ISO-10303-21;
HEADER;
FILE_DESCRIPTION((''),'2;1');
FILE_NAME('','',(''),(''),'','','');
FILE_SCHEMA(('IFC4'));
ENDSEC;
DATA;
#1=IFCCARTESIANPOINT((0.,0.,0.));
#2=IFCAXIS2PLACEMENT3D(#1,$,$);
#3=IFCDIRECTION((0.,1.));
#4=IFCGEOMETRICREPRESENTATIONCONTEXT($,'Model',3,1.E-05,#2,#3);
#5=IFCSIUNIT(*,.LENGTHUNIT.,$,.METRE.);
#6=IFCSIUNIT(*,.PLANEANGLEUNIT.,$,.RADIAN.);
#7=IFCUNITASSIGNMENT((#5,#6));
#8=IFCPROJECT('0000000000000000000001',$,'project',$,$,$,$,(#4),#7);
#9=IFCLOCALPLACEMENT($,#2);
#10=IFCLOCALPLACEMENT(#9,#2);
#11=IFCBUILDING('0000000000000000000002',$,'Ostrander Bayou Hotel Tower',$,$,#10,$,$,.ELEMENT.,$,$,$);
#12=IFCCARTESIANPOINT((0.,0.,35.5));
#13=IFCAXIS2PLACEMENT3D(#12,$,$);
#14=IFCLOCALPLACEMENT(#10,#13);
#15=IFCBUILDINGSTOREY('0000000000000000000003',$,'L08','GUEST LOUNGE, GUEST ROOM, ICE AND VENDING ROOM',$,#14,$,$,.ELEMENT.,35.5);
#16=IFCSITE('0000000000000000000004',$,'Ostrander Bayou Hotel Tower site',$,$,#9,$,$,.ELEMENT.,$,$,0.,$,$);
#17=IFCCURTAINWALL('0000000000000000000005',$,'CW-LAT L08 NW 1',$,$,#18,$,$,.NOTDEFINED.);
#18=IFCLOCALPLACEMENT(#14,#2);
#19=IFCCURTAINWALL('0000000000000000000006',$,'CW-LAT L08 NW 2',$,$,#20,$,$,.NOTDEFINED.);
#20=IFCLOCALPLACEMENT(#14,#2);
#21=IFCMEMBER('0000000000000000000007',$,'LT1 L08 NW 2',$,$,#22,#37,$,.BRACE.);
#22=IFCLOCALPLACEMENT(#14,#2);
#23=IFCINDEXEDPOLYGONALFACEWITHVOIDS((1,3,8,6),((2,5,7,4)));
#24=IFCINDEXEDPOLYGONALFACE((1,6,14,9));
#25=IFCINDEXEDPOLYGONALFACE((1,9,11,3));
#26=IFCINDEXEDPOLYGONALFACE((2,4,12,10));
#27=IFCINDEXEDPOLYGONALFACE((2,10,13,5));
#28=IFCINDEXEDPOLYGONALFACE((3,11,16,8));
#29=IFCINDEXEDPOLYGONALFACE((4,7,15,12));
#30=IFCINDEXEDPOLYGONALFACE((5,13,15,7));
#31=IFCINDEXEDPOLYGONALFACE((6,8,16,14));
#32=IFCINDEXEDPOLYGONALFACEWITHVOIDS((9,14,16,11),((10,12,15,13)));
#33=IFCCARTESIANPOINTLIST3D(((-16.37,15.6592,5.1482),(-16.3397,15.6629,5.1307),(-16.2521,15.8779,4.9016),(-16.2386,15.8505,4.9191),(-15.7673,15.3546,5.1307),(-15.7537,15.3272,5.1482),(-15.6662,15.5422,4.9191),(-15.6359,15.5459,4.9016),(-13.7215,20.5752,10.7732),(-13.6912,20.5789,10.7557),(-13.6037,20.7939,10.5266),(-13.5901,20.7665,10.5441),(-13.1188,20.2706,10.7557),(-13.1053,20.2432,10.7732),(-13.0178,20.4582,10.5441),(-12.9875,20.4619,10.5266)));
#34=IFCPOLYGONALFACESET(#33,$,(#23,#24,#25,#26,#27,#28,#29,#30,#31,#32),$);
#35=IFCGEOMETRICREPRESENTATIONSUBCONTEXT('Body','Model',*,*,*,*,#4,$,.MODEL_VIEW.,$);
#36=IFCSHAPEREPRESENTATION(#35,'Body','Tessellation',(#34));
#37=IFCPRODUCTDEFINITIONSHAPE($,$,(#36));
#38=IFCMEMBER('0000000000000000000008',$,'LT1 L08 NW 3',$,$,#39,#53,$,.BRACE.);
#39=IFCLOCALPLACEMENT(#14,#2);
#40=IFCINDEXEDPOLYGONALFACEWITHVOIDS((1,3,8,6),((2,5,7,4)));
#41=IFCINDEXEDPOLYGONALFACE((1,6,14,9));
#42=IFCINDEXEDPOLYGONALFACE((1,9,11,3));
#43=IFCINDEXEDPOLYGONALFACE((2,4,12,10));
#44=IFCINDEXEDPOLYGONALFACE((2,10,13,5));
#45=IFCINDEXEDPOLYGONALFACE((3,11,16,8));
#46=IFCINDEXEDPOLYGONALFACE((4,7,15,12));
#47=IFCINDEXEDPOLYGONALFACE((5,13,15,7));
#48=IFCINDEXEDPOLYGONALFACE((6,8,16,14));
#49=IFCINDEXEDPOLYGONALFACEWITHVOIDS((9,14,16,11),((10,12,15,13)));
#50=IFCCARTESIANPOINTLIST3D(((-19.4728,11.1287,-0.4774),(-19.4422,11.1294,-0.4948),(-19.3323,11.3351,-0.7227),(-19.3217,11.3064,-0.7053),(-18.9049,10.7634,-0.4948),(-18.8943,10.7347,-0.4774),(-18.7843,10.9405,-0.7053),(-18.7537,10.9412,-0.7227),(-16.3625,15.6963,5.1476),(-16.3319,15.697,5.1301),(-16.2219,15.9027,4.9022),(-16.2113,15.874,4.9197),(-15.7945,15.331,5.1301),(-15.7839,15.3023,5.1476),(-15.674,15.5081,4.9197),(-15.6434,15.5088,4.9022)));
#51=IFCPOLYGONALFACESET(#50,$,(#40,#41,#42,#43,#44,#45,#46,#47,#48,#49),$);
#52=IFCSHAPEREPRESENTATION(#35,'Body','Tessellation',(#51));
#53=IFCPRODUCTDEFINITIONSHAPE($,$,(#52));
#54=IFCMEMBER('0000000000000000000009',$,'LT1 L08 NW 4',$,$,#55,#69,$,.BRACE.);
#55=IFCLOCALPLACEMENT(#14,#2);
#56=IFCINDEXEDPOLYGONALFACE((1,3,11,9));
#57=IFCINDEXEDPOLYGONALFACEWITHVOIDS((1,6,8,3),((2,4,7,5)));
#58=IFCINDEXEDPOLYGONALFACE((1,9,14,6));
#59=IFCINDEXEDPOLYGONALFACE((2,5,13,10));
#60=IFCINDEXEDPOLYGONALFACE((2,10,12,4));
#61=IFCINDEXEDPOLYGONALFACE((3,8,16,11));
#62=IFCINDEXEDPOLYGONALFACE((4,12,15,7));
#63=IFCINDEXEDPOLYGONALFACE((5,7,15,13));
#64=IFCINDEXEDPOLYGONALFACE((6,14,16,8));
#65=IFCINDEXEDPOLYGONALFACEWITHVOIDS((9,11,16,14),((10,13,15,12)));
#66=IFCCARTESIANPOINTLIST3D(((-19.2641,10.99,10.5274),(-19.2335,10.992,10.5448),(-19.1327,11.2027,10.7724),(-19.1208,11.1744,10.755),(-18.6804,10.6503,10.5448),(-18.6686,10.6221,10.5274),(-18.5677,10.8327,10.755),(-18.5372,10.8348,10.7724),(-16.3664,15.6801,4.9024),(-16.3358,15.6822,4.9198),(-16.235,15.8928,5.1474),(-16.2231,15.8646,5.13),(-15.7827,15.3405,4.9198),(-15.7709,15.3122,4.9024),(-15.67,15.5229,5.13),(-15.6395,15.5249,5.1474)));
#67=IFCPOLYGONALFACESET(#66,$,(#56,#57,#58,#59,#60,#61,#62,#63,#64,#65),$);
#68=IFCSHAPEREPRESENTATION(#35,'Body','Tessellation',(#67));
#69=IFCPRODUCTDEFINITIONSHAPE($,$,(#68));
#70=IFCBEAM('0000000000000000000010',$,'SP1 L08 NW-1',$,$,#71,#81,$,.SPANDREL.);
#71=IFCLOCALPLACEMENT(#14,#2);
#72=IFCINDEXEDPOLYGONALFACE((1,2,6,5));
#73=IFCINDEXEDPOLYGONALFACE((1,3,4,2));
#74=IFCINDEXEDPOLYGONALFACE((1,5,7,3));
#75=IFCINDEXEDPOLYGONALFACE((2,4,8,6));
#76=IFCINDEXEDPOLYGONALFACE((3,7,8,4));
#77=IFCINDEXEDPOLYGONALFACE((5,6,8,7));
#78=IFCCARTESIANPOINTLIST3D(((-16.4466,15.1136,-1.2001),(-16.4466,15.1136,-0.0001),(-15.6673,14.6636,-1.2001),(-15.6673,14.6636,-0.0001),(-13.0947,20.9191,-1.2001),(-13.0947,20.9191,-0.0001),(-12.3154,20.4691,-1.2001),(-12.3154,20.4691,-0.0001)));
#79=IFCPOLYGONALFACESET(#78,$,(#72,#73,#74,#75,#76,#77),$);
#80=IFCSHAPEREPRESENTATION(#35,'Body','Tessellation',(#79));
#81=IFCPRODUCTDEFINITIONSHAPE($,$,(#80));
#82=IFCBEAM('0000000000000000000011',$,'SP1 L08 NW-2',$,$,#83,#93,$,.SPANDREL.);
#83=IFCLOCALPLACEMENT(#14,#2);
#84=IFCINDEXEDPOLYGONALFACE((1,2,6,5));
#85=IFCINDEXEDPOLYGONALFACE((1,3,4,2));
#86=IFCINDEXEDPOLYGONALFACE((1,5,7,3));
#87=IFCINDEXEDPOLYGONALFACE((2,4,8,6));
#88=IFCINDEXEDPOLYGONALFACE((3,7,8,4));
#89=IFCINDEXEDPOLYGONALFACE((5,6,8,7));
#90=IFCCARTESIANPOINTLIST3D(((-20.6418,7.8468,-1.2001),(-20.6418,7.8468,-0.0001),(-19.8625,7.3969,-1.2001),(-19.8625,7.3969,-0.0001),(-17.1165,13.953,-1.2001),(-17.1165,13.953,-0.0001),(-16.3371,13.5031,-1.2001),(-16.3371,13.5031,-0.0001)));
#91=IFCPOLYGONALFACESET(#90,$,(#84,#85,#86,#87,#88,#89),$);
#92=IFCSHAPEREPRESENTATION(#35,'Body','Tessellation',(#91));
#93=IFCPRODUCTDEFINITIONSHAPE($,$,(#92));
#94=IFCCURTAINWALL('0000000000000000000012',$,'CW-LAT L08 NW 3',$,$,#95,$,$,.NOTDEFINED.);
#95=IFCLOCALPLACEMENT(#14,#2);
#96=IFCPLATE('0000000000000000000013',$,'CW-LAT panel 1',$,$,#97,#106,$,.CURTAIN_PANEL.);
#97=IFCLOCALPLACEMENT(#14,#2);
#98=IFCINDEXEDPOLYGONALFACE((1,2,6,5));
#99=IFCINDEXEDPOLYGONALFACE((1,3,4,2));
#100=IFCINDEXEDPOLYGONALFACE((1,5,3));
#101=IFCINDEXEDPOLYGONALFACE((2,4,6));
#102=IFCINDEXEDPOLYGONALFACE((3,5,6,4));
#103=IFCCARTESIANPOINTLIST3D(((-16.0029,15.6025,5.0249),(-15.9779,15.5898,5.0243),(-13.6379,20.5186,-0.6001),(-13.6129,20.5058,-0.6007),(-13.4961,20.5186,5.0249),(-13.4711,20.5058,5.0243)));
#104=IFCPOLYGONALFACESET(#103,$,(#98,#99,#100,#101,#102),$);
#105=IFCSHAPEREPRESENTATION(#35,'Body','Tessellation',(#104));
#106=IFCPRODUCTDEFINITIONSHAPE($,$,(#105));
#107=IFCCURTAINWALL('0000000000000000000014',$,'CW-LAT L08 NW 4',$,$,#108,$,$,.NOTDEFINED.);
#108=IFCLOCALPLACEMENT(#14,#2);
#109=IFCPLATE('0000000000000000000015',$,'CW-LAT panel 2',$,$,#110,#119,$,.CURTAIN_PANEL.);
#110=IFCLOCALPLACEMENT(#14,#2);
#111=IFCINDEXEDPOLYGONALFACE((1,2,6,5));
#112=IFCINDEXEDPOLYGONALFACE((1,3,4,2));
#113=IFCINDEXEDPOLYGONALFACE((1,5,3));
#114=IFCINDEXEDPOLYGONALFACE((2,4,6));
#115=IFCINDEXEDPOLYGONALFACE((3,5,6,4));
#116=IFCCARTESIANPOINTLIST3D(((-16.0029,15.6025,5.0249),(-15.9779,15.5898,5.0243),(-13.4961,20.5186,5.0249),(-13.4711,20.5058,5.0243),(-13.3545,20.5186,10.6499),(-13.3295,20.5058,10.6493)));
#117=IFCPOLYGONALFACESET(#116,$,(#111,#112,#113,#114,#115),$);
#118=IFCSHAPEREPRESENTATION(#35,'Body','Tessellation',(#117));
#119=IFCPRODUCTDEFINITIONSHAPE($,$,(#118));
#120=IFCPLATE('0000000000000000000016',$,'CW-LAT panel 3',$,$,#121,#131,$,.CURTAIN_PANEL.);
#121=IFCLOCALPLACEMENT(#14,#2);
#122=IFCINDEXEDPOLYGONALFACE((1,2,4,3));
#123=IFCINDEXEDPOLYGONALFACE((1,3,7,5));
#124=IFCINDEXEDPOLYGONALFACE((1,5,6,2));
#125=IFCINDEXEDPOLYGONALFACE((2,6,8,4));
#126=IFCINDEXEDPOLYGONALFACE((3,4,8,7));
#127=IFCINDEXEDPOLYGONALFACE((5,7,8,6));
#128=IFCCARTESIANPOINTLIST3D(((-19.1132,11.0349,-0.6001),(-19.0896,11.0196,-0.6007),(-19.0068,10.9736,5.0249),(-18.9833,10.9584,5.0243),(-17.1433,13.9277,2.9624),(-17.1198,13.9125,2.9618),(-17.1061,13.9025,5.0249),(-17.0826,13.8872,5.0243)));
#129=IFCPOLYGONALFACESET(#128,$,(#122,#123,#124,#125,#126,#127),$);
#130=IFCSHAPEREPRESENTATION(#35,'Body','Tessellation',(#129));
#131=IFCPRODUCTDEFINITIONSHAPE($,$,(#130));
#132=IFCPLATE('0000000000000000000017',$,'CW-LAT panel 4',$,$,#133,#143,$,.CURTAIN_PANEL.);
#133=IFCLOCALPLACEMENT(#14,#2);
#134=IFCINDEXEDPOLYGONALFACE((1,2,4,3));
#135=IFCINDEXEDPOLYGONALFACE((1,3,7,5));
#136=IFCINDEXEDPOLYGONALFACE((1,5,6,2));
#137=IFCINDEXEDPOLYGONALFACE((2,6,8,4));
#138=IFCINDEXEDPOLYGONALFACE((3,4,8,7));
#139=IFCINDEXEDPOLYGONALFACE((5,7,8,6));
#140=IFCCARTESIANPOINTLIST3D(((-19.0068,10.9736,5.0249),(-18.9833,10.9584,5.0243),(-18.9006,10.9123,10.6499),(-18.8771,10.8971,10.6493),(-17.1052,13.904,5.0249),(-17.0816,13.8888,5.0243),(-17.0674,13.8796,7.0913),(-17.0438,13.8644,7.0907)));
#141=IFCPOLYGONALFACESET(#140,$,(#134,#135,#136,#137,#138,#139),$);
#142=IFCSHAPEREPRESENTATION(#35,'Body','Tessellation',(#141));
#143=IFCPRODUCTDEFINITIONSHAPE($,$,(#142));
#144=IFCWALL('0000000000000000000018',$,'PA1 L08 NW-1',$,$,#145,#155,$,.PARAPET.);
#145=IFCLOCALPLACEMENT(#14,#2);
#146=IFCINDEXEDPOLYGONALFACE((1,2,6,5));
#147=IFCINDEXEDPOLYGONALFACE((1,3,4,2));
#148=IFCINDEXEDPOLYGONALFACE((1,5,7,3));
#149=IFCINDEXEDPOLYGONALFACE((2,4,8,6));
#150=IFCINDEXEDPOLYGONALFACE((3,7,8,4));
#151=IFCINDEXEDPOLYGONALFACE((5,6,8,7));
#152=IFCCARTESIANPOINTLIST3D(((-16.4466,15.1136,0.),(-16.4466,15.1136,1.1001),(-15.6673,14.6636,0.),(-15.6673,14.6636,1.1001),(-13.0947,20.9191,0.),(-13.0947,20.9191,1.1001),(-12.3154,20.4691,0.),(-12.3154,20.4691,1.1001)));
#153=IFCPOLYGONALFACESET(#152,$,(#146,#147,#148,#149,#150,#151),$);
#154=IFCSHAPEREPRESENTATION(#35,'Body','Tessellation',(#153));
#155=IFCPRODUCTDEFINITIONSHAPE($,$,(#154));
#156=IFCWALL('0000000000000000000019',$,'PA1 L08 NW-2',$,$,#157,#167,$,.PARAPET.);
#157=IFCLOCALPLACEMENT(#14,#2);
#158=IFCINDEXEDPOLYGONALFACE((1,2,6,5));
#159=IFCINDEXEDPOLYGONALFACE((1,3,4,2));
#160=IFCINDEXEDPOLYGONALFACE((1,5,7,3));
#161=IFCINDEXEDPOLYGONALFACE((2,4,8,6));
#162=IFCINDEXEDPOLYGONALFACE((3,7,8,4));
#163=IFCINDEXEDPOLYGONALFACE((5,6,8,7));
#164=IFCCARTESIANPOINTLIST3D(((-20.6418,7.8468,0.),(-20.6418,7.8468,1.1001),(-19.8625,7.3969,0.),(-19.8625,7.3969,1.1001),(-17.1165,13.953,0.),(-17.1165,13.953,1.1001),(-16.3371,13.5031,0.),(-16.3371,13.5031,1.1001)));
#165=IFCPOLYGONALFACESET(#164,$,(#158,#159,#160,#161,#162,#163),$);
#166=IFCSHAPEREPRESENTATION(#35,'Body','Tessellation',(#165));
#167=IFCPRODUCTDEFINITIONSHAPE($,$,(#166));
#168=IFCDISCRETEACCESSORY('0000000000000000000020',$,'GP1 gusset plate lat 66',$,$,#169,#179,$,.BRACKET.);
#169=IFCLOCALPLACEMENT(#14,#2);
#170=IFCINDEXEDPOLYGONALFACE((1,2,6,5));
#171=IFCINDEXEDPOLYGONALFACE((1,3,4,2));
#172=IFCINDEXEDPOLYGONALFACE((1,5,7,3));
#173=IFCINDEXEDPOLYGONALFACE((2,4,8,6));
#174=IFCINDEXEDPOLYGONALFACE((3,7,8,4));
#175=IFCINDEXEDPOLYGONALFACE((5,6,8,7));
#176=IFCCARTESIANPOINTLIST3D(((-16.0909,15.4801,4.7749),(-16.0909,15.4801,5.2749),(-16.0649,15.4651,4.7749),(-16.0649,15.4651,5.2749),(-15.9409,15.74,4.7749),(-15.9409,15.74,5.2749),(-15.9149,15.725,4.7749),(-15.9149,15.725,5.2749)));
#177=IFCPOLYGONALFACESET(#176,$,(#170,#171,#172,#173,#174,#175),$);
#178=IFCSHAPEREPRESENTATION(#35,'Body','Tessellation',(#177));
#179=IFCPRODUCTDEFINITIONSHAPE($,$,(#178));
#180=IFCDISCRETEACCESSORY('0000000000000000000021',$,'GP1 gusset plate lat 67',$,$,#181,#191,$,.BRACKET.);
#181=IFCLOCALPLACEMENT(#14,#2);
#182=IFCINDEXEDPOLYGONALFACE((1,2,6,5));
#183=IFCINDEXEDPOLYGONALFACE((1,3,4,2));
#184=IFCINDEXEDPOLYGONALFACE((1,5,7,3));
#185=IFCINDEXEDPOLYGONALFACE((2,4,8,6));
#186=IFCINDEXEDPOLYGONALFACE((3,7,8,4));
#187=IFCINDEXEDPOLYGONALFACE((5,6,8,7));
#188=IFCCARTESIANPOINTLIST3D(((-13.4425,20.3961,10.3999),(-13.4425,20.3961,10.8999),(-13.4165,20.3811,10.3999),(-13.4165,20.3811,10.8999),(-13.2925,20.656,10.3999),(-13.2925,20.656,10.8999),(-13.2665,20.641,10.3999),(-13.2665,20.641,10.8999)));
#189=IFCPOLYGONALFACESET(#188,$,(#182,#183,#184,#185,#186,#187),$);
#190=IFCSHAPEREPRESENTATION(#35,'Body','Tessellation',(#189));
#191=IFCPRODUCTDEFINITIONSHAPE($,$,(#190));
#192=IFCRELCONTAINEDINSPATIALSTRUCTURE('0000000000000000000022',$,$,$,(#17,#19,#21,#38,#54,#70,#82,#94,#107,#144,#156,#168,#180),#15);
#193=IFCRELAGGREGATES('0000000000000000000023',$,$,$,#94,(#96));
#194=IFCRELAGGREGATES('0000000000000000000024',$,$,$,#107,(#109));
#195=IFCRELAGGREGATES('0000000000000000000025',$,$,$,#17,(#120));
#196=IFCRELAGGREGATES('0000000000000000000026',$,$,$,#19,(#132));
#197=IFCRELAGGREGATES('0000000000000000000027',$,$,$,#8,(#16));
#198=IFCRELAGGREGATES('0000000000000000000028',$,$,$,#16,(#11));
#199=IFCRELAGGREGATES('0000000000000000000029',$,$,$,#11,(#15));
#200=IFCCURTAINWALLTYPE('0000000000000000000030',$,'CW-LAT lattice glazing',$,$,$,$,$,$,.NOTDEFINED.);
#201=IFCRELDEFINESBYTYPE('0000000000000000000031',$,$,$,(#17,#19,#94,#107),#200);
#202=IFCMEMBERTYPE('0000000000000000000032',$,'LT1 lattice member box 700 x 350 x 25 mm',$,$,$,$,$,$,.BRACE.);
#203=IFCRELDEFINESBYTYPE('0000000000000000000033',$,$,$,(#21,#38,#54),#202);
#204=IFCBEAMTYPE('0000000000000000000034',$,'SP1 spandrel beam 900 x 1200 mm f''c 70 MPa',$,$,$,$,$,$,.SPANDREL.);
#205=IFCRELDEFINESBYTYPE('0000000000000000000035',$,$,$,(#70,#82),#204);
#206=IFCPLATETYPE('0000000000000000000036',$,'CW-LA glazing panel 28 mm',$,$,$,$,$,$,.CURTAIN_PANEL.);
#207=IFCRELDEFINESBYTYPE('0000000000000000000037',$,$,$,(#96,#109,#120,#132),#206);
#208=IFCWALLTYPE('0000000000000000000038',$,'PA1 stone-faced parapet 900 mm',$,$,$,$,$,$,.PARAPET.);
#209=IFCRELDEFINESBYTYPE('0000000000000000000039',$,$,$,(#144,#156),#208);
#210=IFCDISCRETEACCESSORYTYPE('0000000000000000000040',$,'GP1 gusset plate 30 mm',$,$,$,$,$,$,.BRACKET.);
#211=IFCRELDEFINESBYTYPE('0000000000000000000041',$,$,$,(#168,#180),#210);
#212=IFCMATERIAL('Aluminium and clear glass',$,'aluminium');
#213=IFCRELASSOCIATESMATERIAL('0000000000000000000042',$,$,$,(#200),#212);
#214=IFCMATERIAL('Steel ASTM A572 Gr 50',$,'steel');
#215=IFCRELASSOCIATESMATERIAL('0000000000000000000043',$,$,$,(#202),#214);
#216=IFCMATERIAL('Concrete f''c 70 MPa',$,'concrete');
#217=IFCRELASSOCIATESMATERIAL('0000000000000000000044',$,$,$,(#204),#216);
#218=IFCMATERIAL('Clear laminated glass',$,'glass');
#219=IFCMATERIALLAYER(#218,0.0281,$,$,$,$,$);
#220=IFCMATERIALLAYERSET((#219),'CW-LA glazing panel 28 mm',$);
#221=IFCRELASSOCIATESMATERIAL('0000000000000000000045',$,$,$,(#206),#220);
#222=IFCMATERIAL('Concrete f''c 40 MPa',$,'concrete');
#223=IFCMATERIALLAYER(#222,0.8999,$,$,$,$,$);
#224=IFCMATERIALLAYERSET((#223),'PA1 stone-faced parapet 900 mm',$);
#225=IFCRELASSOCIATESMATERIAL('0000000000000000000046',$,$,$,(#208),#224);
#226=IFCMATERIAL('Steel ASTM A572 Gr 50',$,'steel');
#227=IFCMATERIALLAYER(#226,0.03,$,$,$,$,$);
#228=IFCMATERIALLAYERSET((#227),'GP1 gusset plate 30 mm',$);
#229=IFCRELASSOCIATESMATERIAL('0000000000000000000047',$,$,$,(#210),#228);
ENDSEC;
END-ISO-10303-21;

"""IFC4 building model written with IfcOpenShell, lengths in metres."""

from ifc_helpers import new_model, si_unit, direction, frame, frame_2d, origin, origin_2d, place, context, subcontext, project, spatial, polyline, rectangle, hollow_rectangle, outline, extrude, material, layer, layer_set, material_profile, profile_set, type_object, element, aggregate, save


model = new_model("IFC4")

# Units and contexts
model_context = context("Model", 3, precision=1e-05, world=origin(), true_north=direction((0.0, 1.0)))
body_context = subcontext(model_context, "Body", "Model", "MODEL_VIEW")
ifc_project = project(units=[si_unit("LENGTHUNIT", "METRE"), si_unit("PLANEANGLEUNIT", "RADIAN")], contexts=[model_context])

# Site, building, storey
site_placement = place(None, origin())
site = spatial("IfcSite", under=ifc_project, at=site_placement, Name="Ostrander Bayou Hotel Tower site", CompositionType="ELEMENT", RefElevation=0.0)
building_placement = place(site_placement, origin())
building = spatial("IfcBuilding", under=site, at=building_placement, Name="Ostrander Bayou Hotel Tower", CompositionType="ELEMENT")
storey_placement = place(building_placement, frame((0.0, 0.0, 35.5)))
storey = spatial("IfcBuildingStorey", under=building, at=storey_placement, Name="L08", Description="GUEST LOUNGE, GUEST ROOM, ICE AND VENDING ROOM", CompositionType="ELEMENT", Elevation=35.5)

# Curtain walls
ifc_material_1 = material(Name="Aluminium and clear glass", Category="aluminium")
curtain_wall_type = type_object("IfcCurtainWallType", Name="CW-LAT lattice glazing", PredefinedType="NOTDEFINED", material=ifc_material_1)
curtain_wall_1_placement = place(storey_placement, origin())
curtain_wall_1 = element("IfcCurtainWall", 1, at=curtain_wall_1_placement, inside=storey, type_object=curtain_wall_type, Name="CW-LAT L08 NW 1", PredefinedType="NOTDEFINED")
curtain_wall_2_placement = place(storey_placement, origin())
curtain_wall_2 = element("IfcCurtainWall", 2, at=curtain_wall_2_placement, inside=storey, type_object=curtain_wall_type, Name="CW-LAT L08 NW 2", PredefinedType="NOTDEFINED")

# Members
ifc_material_2 = material(Name="Steel ASTM A572 Gr 50", Category="steel")
ifc_material_profile_1 = material_profile(ifc_material_2, hollow_rectangle(XDim=0.7, YDim=0.3501, WallThickness=0.0249, at=origin_2d()))
ifc_profile_set_1 = profile_set([ifc_material_profile_1], Name="Steel ASTM A572 Gr 50")
member_type_1 = type_object("IfcMemberType", Name="LT1 lattice member box 700 x 350 x 25 mm", PredefinedType="BRACE", material=ifc_profile_set_1)
member_1_placement = place(storey_placement, frame((-16.0029, 15.6025, 5.0249), z_axis=(0.334144, 0.620236, 0.709686), x_axis=(-0.88037, 0.474288, 0.0)))
element("IfcMember", 3, at=member_1_placement, inside=storey, type_object=member_type_1, Name="LT1 L08 NW 2", PredefinedType="BRACE", context=body_context, shape_type="SweptSolid", body=[
    extrude(hollow_rectangle(XDim=0.7, YDim=0.3501, WallThickness=0.0249, at=origin_2d()), origin(), (0.0, 0.0, 1.0), 7.926),
])
member_2_placement = place(storey_placement, frame((-16.0029, 15.6025, 5.0249), z_axis=(-0.394449, -0.579258, -0.713352), x_axis=(0.826559, -0.56285, 0.0)))
element("IfcMember", 4, at=member_2_placement, inside=storey, type_object=member_type_1, Name="LT1 L08 NW 3", PredefinedType="BRACE", context=body_context, shape_type="SweptSolid", body=[
    extrude(hollow_rectangle(XDim=0.7, YDim=0.3501, WallThickness=0.0249, at=origin_2d()), origin(), (0.0, 0.0, 1.0), 7.8853),
])
member_3_placement = place(storey_placement, frame((-16.0029, 15.6025, 5.0249), z_axis=(-0.367905, -0.595485, 0.714173), x_axis=(0.850731, -0.525601, 0.0)))
element("IfcMember", 5, at=member_3_placement, inside=storey, type_object=member_type_1, Name="LT1 L08 NW 4", PredefinedType="BRACE", context=body_context, shape_type="SweptSolid", body=[
    extrude(hollow_rectangle(XDim=0.7, YDim=0.3501, WallThickness=0.0249, at=origin_2d()), origin(), (0.0, 0.0, 1.0), 7.8762),
])

# Beams
ifc_material_3 = material(Name="Concrete f'c 70 MPa", Category="concrete")
ifc_material_profile_2 = material_profile(ifc_material_3, rectangle(XDim=0.8999, YDim=1.2, at=origin_2d()))
ifc_profile_set_2 = profile_set([ifc_material_profile_2], Name="Concrete f'c 70 MPa")
beam_type_1 = type_object("IfcBeamType", Name="SP1 spandrel beam 900 x 1200 mm f'c 70 MPa", PredefinedType="SPANDREL", material=ifc_profile_set_2)
beam_1_placement = place(storey_placement, frame((-12.7051, 20.6941, -0.6001), z_axis=(-0.500005, -0.866022, 0.0), x_axis=(0.866022, -0.500005, 0.0)))
element("IfcBeam", 6, at=beam_1_placement, inside=storey, type_object=beam_type_1, Name="SP1 L08 NW-1", PredefinedType="SPANDREL", context=body_context, shape_type="SweptSolid", body=[
    extrude(rectangle(XDim=0.8999, YDim=1.2, at=origin_2d()), origin(), (0.0, 0.0, 1.0), 6.7036),
])
beam_2_placement = place(storey_placement, frame((-16.7268, 13.728, -0.6001), z_axis=(-0.499997, -0.866027, 0.0), x_axis=(0.866027, -0.499997, 0.0)))
element("IfcBeam", 7, at=beam_2_placement, inside=storey, type_object=beam_type_1, Name="SP1 L08 NW-2", PredefinedType="SPANDREL", context=body_context, shape_type="SweptSolid", body=[
    extrude(rectangle(XDim=0.8999, YDim=1.2, at=origin_2d()), origin(), (0.0, 0.0, 1.0), 7.0508),
])

# Curtain walls, plates
curtain_wall_3_placement = place(storey_placement, origin())
curtain_wall_3 = element("IfcCurtainWall", 8, at=curtain_wall_3_placement, inside=storey, type_object=curtain_wall_type, Name="CW-LAT L08 NW 3", PredefinedType="NOTDEFINED")
ifc_material_4 = material(Name="Clear laminated glass", Category="glass")
ifc_layer_1 = layer(ifc_material_4, 0.0281)
ifc_layer_set_1 = layer_set([ifc_layer_1], Name="CW-LA glazing panel 28 mm")
plate_type = type_object("IfcPlateType", Name="CW-LA glazing panel 28 mm", PredefinedType="CURTAIN_PANEL", material=ifc_layer_set_1)
plate_1_placement = place(storey_placement, frame((-16.0029, 15.6025, 5.0249), z_axis=(-0.890635, 0.454164, 0.022459), x_axis=(0.301816, 0.627373, -0.717852)))
plate_1 = element("IfcPlate", 9, at=plate_1_placement, type_object=plate_type, Name="CW-LAT panel 1", PredefinedType="CURTAIN_PANEL", context=body_context, shape_type="SweptSolid", body=[
    extrude(outline(polyline([(0.0, 0.0), (7.8359, 0.0), (3.8408, -3.9623), (0.0, 0.0)])), origin(), (0.0, 0.0, -1.0), 0.0281),
])
aggregate(curtain_wall_3, [plate_1])
curtain_wall_4_placement = place(storey_placement, origin())
curtain_wall_4 = element("IfcCurtainWall", 10, at=curtain_wall_4_placement, inside=storey, type_object=curtain_wall_type, Name="CW-LAT L08 NW 4", PredefinedType="NOTDEFINED")
plate_2_placement = place(storey_placement, frame((-16.0029, 15.6025, 5.0249), z_axis=(-0.890636, 0.454164, 0.022421), x_axis=(0.334144, 0.620236, 0.709686)))
plate_2 = element("IfcPlate", 11, at=plate_2_placement, type_object=plate_type, Name="CW-LAT panel 2", PredefinedType="CURTAIN_PANEL", context=body_context, shape_type="SweptSolid", body=[
    extrude(outline(polyline([(0.0, 0.0), (7.926, 0.0), (3.8867, 3.9172), (0.0, 0.0)])), origin(), (0.0, 0.0, -1.0), 0.0281),
])
aggregate(curtain_wall_4, [plate_2])

# Plates
plate_3_placement = place(storey_placement, frame((-17.1433, 13.9277, 2.9624), z_axis=(-0.838644, 0.544245, 0.021779), x_axis=(-0.394444, -0.579265, -0.713348)))
plate_3 = element("IfcPlate", 12, at=plate_3_placement, type_object=plate_type, Name="CW-LAT panel 3", PredefinedType="CURTAIN_PANEL", context=body_context, shape_type="SweptSolid", body=[
    extrude(outline(polyline([(0.0, 0.0), (4.9941, 0.0), (0.975, 3.9374), (-1.4714, 1.446), (0.0, 0.0)])), origin(), (0.0, 0.0, -1.0), 0.0281),
])
aggregate(curtain_wall_1, [plate_3])
plate_4_placement = place(storey_placement, frame((-17.0674, 13.8796, 7.0913), z_axis=(-0.838652, 0.544232, 0.02177), x_axis=(-0.367903, -0.595499, 0.714163)))
plate_4 = element("IfcPlate", 13, at=plate_4_placement, type_object=plate_type, Name="CW-LAT panel 4", PredefinedType="CURTAIN_PANEL", context=body_context, shape_type="SweptSolid", body=[
    extrude(outline(polyline([(0.0, 0.0), (4.9829, 0.0), (0.9683, -3.9419), (-1.4764, -1.4465), (0.0, 0.0)])), origin(), (0.0, 0.0, -1.0), 0.0281),
])
aggregate(curtain_wall_2, [plate_4])

# Walls
ifc_material_5 = material(Name="Concrete f'c 40 MPa", Category="concrete")
ifc_layer_2 = layer(ifc_material_5, 0.8999)
ifc_layer_set_2 = layer_set([ifc_layer_2], Name="PA1 stone-faced parapet 900 mm")
wall_type = type_object("IfcWallType", Name="PA1 stone-faced parapet 900 mm", PredefinedType="PARAPET", material=ifc_layer_set_2)
wall_1_placement = place(storey_placement, frame((-12.7051, 20.6941, 0.0), z_axis=(0.0, 0.0, 1.0), x_axis=(-0.500005, -0.866022, 0.0)))
element("IfcWall", 14, at=wall_1_placement, inside=storey, type_object=wall_type, Name="PA1 L08 NW-1", PredefinedType="PARAPET", context=body_context, shape_type="SweptSolid", body=[
    extrude(rectangle(XDim=6.7036, YDim=0.8999, at=frame_2d((3.3518, 0.0))), origin(), (0.0, 0.0, 1.0), 1.1001),
])
wall_2_placement = place(storey_placement, frame((-16.7268, 13.728, 0.0), z_axis=(0.0, 0.0, 1.0), x_axis=(-0.499997, -0.866027, 0.0)))
element("IfcWall", 15, at=wall_2_placement, inside=storey, type_object=wall_type, Name="PA1 L08 NW-2", PredefinedType="PARAPET", context=body_context, shape_type="SweptSolid", body=[
    extrude(rectangle(XDim=7.0508, YDim=0.8999, at=frame_2d((3.5254, 0.0))), origin(), (0.0, 0.0, 1.0), 1.1001),
])

# Discrete accessories
ifc_material_6 = material(Name="Steel ASTM A572 Gr 50", Category="steel")
ifc_layer_3 = layer(ifc_material_6, 0.03)
ifc_layer_set_3 = layer_set([ifc_layer_3], Name="GP1 gusset plate 30 mm")
discrete_accessory_type = type_object("IfcDiscreteAccessoryType", Name="GP1 gusset plate 30 mm", PredefinedType="BRACKET", material=ifc_layer_set_3)
for number, where, z_axis, x_axis, name in (
    (16, (-16.0029, 15.6025, 4.7749), (0.0, 0.0, 1.0), (-0.5, -0.866025, 0.0), "GP1 gusset plate lat 66"),
    (17, (-13.3545, 20.5186, 10.3999), (0.0, 0.0, 1.0), (-0.5, -0.866025, 0.0), "GP1 gusset plate lat 67"),
):
    element("IfcDiscreteAccessory", number, at=place(storey_placement, frame(where, z_axis=z_axis, x_axis=x_axis)), inside=storey, type_object=discrete_accessory_type, Name=name, PredefinedType="BRACKET", context=body_context, shape_type="SweptSolid", body=[
        extrude(rectangle(XDim=0.3, YDim=0.03, at=origin_2d()), origin(), (0.0, 0.0, 1.0), 0.5),
    ])

save(model, "model.ifc")
